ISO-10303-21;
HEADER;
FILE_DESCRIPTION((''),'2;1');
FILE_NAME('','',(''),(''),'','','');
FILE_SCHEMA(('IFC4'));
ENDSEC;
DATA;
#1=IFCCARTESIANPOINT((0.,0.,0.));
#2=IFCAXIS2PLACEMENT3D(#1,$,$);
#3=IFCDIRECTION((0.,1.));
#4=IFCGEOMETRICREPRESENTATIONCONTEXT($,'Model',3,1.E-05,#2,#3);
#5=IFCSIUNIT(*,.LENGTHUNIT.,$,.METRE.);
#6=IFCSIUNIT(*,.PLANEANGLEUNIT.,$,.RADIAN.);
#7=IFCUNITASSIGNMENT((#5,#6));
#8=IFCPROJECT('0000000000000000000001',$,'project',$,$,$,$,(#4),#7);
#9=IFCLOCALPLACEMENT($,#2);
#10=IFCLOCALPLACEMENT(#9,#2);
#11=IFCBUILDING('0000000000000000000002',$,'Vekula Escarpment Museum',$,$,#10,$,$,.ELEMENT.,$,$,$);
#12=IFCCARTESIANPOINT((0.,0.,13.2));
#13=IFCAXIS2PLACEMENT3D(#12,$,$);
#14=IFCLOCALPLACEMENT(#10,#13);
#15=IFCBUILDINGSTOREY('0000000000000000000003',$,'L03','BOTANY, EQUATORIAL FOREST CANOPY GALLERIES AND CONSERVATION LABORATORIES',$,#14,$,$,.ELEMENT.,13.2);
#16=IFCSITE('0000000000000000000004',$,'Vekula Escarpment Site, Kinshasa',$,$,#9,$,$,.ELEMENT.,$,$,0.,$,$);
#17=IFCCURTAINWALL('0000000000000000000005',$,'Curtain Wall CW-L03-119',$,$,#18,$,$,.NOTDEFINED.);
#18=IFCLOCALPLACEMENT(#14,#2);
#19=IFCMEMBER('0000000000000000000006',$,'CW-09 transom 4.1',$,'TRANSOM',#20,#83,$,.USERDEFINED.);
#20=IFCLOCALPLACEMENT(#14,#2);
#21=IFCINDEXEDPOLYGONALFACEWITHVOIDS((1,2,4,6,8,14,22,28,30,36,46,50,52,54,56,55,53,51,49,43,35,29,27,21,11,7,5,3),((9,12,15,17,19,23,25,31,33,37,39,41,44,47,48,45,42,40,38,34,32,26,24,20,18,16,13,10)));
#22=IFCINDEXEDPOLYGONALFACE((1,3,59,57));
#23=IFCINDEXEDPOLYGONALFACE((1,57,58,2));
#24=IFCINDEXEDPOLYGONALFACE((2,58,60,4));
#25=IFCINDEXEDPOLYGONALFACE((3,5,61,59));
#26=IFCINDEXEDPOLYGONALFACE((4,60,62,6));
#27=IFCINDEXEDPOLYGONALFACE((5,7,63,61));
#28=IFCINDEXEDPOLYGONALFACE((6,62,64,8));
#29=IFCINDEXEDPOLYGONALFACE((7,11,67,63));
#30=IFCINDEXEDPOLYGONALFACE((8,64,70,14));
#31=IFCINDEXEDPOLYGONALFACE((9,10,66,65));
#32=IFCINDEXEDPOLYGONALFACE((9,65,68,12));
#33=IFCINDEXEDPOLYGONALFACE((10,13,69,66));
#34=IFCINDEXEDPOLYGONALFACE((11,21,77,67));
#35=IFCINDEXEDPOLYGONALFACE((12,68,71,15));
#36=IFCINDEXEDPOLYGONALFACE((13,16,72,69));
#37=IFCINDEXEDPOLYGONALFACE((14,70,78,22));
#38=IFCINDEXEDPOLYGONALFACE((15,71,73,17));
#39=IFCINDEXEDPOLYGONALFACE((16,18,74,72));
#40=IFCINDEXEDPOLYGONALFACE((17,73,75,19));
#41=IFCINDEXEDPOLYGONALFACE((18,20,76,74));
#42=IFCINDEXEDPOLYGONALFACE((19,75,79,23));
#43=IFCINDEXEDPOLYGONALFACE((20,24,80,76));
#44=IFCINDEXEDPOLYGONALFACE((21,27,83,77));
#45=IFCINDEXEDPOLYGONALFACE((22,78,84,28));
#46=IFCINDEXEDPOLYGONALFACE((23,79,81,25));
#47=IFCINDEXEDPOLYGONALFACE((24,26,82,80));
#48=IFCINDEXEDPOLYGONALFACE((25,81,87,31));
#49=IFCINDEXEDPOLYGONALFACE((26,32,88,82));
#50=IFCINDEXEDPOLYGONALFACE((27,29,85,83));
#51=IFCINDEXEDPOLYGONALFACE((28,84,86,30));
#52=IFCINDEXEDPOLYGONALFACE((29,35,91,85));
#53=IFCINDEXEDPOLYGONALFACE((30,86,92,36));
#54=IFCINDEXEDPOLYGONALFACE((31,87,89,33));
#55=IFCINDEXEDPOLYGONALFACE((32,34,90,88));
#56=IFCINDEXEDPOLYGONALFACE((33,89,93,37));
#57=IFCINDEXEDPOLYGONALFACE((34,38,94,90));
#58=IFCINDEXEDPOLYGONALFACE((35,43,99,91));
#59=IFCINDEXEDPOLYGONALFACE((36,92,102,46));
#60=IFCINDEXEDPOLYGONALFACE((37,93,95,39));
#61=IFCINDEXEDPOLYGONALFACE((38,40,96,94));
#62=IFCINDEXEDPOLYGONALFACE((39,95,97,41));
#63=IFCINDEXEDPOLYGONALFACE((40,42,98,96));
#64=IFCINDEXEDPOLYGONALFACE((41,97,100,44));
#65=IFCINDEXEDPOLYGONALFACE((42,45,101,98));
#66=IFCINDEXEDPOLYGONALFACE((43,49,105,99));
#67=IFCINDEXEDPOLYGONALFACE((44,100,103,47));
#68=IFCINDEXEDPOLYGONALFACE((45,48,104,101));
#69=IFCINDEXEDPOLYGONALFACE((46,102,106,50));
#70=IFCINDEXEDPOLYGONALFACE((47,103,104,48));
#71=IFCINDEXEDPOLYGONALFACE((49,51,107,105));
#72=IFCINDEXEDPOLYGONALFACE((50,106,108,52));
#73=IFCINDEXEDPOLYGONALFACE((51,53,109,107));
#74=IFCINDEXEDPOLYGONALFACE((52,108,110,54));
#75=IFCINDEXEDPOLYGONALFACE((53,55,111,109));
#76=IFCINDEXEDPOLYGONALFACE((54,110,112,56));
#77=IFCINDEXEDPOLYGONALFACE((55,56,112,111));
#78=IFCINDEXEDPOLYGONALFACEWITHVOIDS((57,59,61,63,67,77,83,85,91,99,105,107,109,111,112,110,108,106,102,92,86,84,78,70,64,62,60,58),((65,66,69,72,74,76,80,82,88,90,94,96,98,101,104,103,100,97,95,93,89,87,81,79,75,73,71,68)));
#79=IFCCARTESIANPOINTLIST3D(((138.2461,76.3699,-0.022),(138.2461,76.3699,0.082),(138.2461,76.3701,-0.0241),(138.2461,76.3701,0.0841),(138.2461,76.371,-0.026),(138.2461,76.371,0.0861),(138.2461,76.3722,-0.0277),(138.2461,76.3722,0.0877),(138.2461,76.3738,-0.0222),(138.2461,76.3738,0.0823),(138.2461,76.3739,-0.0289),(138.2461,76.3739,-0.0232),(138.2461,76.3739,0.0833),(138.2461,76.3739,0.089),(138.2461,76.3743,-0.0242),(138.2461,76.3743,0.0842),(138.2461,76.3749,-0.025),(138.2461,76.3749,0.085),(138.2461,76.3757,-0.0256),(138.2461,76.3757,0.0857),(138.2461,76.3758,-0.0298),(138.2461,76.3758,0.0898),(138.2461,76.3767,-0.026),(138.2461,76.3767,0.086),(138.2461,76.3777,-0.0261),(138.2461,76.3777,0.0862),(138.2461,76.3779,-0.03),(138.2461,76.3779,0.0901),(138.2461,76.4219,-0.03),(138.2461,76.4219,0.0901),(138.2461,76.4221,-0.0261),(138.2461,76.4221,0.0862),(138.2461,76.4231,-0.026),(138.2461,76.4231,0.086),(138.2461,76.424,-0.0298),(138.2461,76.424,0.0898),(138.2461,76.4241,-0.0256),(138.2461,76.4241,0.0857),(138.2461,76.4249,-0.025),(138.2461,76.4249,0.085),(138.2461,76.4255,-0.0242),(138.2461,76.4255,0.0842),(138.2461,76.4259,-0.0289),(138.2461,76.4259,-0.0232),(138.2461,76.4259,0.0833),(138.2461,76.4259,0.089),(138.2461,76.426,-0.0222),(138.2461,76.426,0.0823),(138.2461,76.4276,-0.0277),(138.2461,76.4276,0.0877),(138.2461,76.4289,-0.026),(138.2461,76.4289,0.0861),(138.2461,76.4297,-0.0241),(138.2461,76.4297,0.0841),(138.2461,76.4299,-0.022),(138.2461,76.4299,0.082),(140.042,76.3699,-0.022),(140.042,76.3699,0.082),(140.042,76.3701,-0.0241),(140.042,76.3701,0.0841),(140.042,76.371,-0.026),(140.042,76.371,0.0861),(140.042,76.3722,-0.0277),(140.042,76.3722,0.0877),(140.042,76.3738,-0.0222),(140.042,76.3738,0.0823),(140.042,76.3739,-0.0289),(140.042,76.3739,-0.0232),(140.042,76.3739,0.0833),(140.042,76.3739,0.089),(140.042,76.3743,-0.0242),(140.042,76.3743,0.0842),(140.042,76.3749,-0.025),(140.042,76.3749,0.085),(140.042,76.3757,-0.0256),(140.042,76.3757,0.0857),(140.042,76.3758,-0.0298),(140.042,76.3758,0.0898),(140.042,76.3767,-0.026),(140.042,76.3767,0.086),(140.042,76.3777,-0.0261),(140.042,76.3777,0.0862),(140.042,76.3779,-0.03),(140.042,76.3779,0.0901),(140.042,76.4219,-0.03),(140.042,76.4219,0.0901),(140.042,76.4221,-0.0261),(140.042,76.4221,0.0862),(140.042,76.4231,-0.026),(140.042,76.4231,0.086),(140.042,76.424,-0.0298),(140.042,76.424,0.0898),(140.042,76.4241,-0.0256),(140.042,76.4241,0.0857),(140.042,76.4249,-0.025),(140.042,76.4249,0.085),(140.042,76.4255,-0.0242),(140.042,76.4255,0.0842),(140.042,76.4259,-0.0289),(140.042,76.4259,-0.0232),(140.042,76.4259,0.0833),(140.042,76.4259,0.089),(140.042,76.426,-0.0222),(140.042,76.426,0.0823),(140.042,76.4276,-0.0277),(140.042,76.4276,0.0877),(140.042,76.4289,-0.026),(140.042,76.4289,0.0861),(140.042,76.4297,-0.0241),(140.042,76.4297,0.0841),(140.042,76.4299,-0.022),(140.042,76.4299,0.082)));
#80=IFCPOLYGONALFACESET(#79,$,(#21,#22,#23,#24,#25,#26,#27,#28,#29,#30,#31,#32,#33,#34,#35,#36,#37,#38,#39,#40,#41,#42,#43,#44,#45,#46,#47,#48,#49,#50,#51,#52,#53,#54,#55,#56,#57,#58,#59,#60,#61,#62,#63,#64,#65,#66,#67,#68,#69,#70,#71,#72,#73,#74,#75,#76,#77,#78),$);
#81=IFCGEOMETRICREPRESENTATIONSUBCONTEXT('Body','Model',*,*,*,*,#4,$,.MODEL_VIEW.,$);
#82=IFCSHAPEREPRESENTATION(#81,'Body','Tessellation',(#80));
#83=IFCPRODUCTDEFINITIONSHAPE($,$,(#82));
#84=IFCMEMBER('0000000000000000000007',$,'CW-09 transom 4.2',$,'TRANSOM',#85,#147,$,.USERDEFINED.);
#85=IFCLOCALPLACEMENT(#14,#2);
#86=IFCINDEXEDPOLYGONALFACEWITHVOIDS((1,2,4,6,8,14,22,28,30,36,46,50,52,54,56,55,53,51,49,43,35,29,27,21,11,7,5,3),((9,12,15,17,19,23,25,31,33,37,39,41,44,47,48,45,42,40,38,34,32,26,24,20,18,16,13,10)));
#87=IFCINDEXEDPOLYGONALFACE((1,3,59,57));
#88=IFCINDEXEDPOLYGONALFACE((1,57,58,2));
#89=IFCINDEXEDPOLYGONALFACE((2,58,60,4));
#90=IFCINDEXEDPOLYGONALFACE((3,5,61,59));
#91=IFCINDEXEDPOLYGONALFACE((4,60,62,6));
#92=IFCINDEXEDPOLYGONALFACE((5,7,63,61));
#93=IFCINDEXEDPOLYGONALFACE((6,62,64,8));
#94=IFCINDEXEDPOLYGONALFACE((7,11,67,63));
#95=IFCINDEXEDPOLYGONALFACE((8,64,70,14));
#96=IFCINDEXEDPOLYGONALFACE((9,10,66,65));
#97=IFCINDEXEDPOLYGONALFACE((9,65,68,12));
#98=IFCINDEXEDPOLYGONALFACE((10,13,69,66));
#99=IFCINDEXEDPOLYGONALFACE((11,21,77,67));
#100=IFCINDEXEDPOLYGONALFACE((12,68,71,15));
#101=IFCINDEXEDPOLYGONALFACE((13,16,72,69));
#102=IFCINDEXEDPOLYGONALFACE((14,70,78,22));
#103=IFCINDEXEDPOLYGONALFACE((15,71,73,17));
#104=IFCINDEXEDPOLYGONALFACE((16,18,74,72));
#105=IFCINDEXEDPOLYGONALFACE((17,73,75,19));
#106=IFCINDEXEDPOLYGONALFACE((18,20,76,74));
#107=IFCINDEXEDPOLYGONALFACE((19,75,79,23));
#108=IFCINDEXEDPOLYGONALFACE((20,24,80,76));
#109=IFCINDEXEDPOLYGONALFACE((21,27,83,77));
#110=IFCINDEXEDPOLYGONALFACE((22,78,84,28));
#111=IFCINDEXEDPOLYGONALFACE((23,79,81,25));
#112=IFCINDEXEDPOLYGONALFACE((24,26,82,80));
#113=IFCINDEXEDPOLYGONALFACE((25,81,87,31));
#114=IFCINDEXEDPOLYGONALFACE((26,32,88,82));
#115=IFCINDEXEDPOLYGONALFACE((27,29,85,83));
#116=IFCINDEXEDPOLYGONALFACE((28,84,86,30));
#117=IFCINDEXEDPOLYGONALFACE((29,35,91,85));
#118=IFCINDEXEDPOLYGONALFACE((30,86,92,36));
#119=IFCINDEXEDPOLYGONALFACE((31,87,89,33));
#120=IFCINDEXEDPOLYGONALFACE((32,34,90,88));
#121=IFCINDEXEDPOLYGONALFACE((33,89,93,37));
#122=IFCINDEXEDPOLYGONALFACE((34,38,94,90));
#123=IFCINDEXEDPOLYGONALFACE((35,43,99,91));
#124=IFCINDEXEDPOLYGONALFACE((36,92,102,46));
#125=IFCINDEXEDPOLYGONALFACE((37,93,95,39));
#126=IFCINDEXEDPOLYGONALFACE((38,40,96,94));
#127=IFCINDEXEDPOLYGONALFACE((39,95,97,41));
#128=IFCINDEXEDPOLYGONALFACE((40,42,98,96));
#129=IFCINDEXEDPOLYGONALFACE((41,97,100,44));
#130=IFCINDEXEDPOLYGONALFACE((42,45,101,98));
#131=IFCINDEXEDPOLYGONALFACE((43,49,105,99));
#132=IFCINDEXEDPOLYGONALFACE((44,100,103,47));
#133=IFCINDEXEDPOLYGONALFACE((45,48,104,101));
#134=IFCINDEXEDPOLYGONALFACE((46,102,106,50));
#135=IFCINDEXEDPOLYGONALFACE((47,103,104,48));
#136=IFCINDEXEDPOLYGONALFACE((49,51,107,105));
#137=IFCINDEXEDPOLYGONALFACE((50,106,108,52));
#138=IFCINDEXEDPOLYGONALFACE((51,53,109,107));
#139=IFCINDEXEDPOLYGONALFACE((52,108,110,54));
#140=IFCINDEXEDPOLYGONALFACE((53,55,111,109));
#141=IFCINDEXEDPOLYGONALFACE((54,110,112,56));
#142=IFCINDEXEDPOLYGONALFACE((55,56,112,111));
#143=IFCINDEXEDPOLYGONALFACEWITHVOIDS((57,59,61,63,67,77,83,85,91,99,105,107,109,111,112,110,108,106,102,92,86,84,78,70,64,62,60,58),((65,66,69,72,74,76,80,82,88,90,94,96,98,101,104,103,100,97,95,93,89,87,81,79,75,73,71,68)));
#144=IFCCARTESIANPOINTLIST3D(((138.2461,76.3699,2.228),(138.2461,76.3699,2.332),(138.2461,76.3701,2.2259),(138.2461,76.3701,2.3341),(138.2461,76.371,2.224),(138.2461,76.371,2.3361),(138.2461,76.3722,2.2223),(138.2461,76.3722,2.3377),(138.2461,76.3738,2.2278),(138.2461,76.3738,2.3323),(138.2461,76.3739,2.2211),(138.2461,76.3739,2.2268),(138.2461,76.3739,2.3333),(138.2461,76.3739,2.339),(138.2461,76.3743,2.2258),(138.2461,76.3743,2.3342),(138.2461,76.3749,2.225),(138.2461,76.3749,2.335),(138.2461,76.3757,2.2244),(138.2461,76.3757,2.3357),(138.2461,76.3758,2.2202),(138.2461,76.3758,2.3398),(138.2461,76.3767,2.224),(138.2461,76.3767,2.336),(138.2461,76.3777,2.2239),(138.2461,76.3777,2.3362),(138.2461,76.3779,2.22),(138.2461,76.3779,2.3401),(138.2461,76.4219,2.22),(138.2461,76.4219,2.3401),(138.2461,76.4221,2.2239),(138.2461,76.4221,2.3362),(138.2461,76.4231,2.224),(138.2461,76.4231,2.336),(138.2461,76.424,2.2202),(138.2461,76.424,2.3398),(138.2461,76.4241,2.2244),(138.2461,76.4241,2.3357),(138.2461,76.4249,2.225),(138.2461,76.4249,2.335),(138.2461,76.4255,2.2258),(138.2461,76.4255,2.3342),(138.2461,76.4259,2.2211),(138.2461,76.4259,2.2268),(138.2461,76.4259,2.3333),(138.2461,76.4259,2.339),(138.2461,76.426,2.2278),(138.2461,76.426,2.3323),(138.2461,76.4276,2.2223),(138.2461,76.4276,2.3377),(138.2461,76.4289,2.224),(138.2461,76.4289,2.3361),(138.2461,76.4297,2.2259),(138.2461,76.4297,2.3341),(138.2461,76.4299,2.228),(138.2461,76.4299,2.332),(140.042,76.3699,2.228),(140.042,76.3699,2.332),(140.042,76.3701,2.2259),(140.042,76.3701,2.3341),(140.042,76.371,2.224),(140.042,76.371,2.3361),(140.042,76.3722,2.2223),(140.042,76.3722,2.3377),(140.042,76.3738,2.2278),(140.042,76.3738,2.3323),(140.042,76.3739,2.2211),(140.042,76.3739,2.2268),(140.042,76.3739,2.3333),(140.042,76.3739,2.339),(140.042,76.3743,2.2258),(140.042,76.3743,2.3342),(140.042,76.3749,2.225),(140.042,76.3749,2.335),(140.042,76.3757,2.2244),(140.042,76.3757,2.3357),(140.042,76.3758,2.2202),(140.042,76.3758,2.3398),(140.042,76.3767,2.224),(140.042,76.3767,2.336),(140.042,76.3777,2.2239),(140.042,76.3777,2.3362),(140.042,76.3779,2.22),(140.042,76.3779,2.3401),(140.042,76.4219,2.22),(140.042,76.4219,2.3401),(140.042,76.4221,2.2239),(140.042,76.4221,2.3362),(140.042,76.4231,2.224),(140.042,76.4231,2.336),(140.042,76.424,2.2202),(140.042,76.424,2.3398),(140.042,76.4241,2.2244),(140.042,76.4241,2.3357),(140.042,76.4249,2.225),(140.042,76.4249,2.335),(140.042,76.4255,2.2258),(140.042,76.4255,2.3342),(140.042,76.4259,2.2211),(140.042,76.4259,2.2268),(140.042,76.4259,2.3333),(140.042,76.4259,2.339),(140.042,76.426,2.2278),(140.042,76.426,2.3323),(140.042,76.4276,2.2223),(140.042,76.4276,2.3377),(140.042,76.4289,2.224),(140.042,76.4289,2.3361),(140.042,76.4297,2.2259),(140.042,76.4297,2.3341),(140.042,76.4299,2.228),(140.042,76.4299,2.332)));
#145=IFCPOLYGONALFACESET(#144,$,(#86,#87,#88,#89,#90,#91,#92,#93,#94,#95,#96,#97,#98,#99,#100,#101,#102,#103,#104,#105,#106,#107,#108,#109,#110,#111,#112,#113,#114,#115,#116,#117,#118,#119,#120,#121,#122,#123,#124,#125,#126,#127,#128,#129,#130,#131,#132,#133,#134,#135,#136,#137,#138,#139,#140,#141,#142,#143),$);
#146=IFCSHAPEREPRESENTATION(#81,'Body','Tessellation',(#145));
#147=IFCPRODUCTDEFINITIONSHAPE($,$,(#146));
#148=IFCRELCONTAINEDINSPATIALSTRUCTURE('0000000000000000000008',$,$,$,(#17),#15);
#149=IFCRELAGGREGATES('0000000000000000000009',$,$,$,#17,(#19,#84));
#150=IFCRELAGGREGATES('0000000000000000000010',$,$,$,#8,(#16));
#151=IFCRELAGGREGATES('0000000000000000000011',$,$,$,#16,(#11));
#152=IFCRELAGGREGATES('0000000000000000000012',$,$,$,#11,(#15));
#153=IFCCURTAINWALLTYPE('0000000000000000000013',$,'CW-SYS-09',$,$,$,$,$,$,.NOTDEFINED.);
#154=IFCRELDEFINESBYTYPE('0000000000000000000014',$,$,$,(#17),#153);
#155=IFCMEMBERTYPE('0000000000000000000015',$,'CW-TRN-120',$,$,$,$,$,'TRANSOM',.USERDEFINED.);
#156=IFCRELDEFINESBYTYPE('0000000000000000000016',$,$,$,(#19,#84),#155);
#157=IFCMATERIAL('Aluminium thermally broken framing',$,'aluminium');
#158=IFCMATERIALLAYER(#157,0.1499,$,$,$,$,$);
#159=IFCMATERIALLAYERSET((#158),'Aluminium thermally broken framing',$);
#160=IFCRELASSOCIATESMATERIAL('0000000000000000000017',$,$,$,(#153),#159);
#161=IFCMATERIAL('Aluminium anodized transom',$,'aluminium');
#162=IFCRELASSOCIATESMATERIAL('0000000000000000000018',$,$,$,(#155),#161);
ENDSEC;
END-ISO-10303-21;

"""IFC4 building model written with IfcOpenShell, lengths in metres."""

from ifc_helpers import new_model, si_unit, direction, frame, origin, origin_2d, place, context, subcontext, project, spatial, hollow_rectangle, extrude, material, layer, layer_set, material_profile, profile_set, type_object, element, aggregate, save


model = new_model("IFC4")

# Units and contexts
model_context = context("Model", 3, precision=1e-05, world=origin(), true_north=direction((0.0, 1.0)))
body_context = subcontext(model_context, "Body", "Model", "MODEL_VIEW")
ifc_project = project(units=[si_unit("LENGTHUNIT", "METRE"), si_unit("PLANEANGLEUNIT", "RADIAN")], contexts=[model_context])

# Site, building, storey
site_placement = place(None, origin())
site = spatial("IfcSite", under=ifc_project, at=site_placement, Name="Vekula Escarpment Site, Kinshasa", CompositionType="ELEMENT", RefElevation=0.0)
building_placement = place(site_placement, origin())
building = spatial("IfcBuilding", under=site, at=building_placement, Name="Vekula Escarpment Museum", CompositionType="ELEMENT")
storey_placement = place(building_placement, frame((0.0, 0.0, 13.2)))
storey = spatial("IfcBuildingStorey", under=building, at=storey_placement, Name="L03", Description="BOTANY, EQUATORIAL FOREST CANOPY GALLERIES AND CONSERVATION LABORATORIES", CompositionType="ELEMENT", Elevation=13.2)

# Curtain wall
ifc_material_1 = material(Name="Aluminium thermally broken framing", Category="aluminium")
ifc_layer_1 = layer(ifc_material_1, 0.1499)
ifc_layer_set_1 = layer_set([ifc_layer_1], Name="Aluminium thermally broken framing")
curtain_wall_type_1 = type_object("IfcCurtainWallType", Name="CW-SYS-09", PredefinedType="NOTDEFINED", material=ifc_layer_set_1)
curtain_wall_1_placement = place(storey_placement, origin())
curtain_wall_1 = element("IfcCurtainWall", 1, at=curtain_wall_1_placement, inside=storey, type_object=curtain_wall_type_1, Name="Curtain Wall CW-L03-119", PredefinedType="NOTDEFINED")

# Members
ifc_material_2 = material(Name="Aluminium anodized transom", Category="aluminium")
ifc_material_profile_1 = material_profile(ifc_material_2, hollow_rectangle(XDim=0.0601, YDim=0.1201, WallThickness=0.0039, InnerFilletRadius=0.0039, OuterFilletRadius=0.0081, at=origin_2d()), Name="ALU 120x60x4")
ifc_profile_set_1 = profile_set([ifc_material_profile_1], Name="Aluminium anodized transom")
member_type_1 = type_object("IfcMemberType", Name="CW-TRN-120", ElementType="TRANSOM", PredefinedType="USERDEFINED", material=ifc_profile_set_1)
member_1_placement = place(storey_placement, frame((140.042, 76.3999, 0.03), z_axis=(-1.0, 0.0, 0.0), x_axis=(0.0, -1.0, 0.0)))
member_1 = element("IfcMember", 2, at=member_1_placement, type_object=member_type_1, Name="CW-09 transom 4.1", ObjectType="TRANSOM", PredefinedType="USERDEFINED", context=body_context, shape_type="SweptSolid", body=[
    extrude(hollow_rectangle(XDim=0.0601, YDim=0.1201, WallThickness=0.0039, InnerFilletRadius=0.0039, OuterFilletRadius=0.0081, at=origin_2d()), origin(), (0.0, 0.0, 1.0), 1.7959),
])
member_2_placement = place(storey_placement, frame((140.042, 76.3999, 2.28), z_axis=(-1.0, 0.0, 0.0), x_axis=(0.0, -1.0, 0.0)))
member_2 = element("IfcMember", 3, at=member_2_placement, type_object=member_type_1, Name="CW-09 transom 4.2", ObjectType="TRANSOM", PredefinedType="USERDEFINED", context=body_context, shape_type="SweptSolid", body=[
    extrude(hollow_rectangle(XDim=0.0601, YDim=0.1201, WallThickness=0.0039, InnerFilletRadius=0.0039, OuterFilletRadius=0.0081, at=origin_2d()), origin(), (0.0, 0.0, 1.0), 1.7959),
])

aggregate(curtain_wall_1, [member_1, member_2])

save(model, "model.ifc")
